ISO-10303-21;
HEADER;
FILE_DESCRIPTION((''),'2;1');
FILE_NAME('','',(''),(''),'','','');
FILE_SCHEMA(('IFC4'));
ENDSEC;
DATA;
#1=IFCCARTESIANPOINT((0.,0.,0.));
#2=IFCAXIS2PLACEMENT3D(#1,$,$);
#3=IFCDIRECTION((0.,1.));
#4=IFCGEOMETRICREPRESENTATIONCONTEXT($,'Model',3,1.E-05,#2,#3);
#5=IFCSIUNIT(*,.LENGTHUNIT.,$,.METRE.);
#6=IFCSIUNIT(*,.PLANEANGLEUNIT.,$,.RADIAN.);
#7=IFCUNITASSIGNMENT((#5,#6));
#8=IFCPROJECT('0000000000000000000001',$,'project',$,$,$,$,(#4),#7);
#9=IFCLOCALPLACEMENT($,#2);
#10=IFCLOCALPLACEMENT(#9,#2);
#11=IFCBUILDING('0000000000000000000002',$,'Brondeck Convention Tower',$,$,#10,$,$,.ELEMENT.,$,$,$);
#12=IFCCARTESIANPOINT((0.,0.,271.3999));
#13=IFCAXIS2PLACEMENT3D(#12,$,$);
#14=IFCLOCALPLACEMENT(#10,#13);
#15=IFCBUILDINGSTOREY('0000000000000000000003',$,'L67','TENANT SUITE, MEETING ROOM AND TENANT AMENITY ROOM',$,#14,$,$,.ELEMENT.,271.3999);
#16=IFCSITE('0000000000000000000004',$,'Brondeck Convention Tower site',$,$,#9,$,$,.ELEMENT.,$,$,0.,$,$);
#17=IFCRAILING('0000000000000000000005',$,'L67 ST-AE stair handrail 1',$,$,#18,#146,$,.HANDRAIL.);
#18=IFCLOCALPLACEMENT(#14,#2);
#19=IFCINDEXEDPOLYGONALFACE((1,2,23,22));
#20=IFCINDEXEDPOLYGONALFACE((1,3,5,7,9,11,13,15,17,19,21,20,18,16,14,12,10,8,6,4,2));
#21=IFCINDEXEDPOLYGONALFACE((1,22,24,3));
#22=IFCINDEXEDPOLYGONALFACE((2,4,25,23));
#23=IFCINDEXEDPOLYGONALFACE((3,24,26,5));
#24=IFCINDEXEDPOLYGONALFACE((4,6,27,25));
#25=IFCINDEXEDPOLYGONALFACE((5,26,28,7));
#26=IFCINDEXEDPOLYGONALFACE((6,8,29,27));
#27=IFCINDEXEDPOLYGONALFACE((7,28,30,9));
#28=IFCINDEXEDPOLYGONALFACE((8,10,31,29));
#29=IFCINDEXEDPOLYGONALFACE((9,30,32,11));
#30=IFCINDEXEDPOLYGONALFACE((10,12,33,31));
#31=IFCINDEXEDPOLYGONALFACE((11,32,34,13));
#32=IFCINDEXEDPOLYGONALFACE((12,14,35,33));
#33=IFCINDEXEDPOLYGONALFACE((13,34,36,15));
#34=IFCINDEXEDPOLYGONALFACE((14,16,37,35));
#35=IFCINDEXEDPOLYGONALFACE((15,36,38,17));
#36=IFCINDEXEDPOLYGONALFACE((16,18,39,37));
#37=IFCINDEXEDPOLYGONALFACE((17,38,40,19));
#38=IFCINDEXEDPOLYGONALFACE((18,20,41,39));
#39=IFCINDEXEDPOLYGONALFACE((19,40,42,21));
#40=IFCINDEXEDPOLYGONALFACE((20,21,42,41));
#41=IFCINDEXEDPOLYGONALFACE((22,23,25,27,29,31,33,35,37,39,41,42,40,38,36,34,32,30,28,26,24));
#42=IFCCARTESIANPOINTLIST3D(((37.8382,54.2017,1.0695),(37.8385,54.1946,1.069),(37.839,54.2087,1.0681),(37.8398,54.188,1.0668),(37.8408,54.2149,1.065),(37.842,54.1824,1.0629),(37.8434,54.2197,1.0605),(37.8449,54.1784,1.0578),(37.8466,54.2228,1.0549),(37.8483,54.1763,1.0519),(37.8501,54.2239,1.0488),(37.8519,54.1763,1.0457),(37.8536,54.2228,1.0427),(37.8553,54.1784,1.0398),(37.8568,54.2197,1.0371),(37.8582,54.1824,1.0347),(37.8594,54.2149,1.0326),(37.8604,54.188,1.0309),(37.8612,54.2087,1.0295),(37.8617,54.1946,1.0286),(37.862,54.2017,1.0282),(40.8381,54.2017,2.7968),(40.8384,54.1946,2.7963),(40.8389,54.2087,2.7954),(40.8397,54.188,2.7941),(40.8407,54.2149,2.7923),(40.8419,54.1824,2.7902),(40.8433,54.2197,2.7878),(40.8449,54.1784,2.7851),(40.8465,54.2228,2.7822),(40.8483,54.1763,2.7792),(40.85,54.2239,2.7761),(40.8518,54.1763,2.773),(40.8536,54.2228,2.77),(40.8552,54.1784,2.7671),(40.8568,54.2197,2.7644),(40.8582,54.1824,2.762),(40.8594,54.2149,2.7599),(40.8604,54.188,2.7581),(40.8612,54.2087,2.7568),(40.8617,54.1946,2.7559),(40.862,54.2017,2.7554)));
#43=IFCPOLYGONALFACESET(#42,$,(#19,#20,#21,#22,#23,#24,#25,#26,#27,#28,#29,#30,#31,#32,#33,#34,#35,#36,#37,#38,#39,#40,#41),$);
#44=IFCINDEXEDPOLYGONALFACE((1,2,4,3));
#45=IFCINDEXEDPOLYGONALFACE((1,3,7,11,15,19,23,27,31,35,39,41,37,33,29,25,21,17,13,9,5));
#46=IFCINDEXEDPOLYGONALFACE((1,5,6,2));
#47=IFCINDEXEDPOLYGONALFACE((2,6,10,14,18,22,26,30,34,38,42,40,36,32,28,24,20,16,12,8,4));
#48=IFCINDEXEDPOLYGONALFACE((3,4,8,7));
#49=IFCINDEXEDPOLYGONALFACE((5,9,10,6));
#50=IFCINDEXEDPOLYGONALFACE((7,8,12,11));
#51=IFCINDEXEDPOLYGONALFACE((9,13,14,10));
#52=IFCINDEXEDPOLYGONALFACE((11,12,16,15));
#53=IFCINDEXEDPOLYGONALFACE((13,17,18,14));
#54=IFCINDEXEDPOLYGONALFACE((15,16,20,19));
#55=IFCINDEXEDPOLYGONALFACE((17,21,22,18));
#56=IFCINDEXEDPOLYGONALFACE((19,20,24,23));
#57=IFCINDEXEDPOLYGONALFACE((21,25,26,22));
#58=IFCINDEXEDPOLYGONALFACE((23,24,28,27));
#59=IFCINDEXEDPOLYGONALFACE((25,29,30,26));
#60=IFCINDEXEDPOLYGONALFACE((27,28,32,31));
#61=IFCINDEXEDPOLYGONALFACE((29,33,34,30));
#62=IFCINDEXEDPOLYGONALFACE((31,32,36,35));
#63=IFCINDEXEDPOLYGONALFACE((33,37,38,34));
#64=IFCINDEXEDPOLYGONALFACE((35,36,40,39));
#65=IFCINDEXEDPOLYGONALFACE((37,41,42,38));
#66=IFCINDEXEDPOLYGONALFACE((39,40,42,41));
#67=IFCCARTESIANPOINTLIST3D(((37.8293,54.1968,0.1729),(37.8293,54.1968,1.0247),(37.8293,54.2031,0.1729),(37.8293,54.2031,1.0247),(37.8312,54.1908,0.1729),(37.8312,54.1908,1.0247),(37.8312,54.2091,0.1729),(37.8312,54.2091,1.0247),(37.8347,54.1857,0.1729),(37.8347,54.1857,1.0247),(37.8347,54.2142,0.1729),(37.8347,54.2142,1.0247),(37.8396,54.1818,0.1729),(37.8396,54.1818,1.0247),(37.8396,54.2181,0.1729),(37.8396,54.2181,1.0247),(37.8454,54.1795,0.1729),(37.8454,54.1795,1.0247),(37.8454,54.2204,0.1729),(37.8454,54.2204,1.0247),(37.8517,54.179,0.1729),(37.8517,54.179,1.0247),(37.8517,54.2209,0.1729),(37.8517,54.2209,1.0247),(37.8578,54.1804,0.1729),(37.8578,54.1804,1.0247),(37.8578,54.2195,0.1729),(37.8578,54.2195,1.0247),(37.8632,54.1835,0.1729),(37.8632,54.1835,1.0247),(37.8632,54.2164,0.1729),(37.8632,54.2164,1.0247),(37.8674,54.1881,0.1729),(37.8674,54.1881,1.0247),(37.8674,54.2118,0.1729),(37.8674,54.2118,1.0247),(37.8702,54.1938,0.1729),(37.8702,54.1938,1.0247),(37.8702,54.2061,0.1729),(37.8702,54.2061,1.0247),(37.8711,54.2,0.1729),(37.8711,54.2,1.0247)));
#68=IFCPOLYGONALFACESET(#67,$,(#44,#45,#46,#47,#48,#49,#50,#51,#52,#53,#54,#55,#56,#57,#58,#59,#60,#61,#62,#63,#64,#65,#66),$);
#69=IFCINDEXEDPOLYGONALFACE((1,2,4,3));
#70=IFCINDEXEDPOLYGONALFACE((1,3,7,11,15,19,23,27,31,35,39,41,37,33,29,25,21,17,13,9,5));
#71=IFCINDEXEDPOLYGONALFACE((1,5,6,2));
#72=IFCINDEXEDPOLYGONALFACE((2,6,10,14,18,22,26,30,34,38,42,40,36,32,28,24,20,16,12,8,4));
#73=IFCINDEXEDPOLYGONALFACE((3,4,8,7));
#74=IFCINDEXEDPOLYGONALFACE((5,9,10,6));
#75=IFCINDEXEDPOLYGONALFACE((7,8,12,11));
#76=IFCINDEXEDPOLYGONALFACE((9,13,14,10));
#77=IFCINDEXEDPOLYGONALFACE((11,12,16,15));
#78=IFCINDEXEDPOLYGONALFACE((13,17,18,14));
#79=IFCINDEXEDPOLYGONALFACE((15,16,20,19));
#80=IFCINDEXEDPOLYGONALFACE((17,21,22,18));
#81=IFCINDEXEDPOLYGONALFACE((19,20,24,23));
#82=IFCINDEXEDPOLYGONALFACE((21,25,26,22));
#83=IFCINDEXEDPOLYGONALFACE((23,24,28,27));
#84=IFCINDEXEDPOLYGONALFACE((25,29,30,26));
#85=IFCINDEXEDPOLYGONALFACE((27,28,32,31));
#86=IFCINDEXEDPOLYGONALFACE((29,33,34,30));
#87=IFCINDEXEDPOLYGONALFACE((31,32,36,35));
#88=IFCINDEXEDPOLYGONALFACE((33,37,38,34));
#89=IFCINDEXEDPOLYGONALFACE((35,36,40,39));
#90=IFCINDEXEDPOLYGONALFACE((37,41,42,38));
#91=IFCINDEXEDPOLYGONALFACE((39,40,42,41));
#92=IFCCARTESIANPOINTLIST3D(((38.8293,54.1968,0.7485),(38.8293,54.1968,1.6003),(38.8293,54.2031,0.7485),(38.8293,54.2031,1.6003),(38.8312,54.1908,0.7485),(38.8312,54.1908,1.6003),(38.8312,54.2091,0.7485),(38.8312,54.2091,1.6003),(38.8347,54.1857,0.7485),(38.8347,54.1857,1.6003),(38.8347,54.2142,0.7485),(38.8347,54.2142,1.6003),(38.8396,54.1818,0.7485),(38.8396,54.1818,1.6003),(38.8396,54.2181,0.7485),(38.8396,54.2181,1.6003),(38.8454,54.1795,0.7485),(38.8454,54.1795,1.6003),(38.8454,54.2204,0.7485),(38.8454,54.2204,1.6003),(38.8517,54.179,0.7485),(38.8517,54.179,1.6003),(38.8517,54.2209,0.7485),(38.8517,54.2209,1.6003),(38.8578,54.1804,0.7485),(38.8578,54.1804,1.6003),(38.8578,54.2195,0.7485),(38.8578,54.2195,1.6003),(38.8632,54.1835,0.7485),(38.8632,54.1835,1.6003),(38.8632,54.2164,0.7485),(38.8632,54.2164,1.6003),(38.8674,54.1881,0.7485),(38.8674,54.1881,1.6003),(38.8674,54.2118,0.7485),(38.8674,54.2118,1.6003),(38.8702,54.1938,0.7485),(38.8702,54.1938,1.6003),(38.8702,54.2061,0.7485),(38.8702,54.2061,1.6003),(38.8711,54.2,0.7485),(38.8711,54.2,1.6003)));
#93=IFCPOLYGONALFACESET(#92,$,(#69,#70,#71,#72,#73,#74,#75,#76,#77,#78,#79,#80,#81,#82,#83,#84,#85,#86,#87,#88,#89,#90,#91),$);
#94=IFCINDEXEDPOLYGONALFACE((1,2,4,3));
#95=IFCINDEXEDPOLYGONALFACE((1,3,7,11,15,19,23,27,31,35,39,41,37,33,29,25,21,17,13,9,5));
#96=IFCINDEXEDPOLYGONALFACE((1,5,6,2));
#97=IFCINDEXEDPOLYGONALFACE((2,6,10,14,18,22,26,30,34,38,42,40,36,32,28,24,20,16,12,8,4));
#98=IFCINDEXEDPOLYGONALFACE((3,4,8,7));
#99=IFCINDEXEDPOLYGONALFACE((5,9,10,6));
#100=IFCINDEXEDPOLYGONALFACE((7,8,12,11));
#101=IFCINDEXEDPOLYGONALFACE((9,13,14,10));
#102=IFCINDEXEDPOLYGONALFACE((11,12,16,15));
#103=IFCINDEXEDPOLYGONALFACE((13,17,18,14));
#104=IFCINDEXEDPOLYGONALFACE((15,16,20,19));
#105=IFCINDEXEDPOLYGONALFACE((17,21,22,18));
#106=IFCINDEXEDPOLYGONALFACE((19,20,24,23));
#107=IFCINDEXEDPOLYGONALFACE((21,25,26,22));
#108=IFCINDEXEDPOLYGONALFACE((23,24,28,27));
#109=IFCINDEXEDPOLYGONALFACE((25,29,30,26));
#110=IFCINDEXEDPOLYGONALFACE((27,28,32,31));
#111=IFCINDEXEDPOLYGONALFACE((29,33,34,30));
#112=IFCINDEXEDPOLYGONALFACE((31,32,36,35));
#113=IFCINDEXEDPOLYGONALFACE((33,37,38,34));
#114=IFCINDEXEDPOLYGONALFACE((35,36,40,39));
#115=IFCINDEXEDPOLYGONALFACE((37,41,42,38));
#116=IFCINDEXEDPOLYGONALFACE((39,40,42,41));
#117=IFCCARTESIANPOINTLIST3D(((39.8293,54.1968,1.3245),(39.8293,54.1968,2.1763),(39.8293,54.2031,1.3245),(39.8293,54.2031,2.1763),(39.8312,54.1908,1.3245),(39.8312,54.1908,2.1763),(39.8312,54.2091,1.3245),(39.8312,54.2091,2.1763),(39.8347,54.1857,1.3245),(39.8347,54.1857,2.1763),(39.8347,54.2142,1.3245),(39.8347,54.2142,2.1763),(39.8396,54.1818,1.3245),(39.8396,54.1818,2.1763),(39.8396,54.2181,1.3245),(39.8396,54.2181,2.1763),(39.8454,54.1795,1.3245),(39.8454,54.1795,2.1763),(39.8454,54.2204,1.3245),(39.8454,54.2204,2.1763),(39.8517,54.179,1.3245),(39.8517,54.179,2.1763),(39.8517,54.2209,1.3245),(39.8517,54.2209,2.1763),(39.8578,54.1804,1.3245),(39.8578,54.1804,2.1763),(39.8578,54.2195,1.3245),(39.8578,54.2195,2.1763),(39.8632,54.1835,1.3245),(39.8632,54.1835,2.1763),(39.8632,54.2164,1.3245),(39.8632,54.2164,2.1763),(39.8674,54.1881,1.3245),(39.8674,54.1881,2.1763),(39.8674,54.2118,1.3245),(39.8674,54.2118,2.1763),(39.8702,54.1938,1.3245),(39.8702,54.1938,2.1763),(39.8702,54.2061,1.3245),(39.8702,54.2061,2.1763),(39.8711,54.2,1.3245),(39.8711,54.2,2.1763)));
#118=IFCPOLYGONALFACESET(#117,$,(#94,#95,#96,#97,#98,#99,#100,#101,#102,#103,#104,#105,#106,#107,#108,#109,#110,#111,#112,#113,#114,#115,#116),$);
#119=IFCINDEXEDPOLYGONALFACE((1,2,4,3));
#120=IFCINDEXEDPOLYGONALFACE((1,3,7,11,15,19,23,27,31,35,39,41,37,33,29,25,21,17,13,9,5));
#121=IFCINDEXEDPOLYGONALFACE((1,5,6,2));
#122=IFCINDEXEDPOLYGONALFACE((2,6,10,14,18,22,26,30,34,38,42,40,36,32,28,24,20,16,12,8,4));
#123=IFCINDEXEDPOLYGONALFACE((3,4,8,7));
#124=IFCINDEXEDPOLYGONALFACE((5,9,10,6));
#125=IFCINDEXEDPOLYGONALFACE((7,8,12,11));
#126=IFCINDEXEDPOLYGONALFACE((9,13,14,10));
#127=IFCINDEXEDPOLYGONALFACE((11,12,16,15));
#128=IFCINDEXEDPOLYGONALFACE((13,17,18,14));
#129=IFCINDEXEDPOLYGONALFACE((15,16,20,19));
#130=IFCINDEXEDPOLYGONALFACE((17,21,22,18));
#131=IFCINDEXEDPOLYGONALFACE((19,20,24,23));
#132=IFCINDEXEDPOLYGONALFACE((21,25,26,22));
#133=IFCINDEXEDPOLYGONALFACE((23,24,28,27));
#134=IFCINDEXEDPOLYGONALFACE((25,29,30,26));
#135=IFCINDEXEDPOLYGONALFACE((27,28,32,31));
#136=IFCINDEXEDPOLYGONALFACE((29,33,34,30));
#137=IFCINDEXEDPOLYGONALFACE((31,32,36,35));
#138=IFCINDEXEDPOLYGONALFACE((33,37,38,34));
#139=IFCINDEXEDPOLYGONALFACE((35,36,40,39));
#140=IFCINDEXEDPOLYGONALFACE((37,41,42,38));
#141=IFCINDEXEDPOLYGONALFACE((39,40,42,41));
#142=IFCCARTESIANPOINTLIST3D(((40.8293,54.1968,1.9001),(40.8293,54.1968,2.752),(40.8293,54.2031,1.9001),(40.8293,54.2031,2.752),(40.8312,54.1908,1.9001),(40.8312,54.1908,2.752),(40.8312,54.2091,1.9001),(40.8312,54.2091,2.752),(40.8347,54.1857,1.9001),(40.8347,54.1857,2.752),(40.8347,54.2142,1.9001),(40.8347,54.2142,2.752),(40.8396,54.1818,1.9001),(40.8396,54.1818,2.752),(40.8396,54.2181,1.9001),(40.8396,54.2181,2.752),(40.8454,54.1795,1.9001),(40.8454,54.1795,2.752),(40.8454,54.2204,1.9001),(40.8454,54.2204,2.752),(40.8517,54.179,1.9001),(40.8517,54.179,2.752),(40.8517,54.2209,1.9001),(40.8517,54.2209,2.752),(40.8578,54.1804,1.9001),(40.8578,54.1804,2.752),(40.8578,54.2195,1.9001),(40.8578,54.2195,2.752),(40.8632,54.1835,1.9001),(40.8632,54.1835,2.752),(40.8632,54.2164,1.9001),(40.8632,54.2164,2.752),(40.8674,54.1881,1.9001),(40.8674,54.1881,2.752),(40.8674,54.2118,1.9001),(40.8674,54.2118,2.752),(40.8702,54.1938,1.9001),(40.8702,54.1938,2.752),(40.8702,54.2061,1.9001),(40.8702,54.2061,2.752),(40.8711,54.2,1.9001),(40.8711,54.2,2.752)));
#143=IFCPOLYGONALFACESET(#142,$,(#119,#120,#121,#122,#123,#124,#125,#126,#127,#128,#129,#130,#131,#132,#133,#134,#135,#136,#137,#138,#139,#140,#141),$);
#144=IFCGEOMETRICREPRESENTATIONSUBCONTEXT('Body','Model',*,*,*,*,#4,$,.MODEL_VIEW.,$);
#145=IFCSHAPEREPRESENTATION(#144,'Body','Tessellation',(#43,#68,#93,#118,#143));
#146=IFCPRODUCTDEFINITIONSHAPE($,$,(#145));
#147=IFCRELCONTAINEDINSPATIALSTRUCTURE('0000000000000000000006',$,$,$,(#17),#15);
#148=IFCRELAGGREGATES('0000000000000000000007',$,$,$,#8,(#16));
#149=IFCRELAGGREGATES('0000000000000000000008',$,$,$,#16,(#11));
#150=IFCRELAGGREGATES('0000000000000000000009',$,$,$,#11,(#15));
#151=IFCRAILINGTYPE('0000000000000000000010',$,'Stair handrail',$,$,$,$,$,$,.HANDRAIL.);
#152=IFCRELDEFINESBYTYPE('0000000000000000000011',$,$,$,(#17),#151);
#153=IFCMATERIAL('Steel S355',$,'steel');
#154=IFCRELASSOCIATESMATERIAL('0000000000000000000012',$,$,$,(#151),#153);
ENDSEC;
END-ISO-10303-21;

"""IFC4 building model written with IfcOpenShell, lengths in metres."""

from ifc_helpers import new_model, si_unit, direction, frame, origin, origin_2d, place, context, subcontext, project, spatial, circle, extrude, material, type_object, element, save


model = new_model("IFC4")

# Units and contexts
model_context = context("Model", 3, precision=1e-05, world=origin(), true_north=direction((0.0, 1.0)))
body_context = subcontext(model_context, "Body", "Model", "MODEL_VIEW")
ifc_project = project(units=[si_unit("LENGTHUNIT", "METRE"), si_unit("PLANEANGLEUNIT", "RADIAN")], contexts=[model_context])

# Site, building, storey
site_placement = place(None, origin())
site = spatial("IfcSite", under=ifc_project, at=site_placement, Name="Brondeck Convention Tower site", CompositionType="ELEMENT", RefElevation=0.0)
building_placement = place(site_placement, origin())
building = spatial("IfcBuilding", under=site, at=building_placement, Name="Brondeck Convention Tower", CompositionType="ELEMENT")
storey_placement = place(building_placement, frame((0.0, 0.0, 271.3999)))
storey = spatial("IfcBuildingStorey", under=building, at=storey_placement, Name="L67", Description="TENANT SUITE, MEETING ROOM AND TENANT AMENITY ROOM", CompositionType="ELEMENT", Elevation=271.3999)

# Shared definitions
ifc_material_1 = material(Name="Steel S355", Category="steel")

# Railing
railing_type = type_object("IfcRailingType", Name="Stair handrail", PredefinedType="HANDRAIL", material=ifc_material_1)
railing_placement = place(storey_placement, frame((37.8501, 54.2, 0.1729)))
element("IfcRailing", 1, at=railing_placement, inside=storey, type_object=railing_type, Name="L67 ST-AE stair handrail 1", PredefinedType="HANDRAIL", context=body_context, shape_type="SweptSolid", body=[
    extrude(circle(Radius=0.0239, at=origin_2d()), frame((0.0, 0.0, 0.876), z_axis=(0.86662, 0.0, 0.498969), x_axis=(0.0, 1.0, 0.0)), (0.0, 0.0, 1.0), 3.4617),
    extrude(circle(Radius=0.021, at=origin_2d()), origin(), (0.0, 0.0, 1.0), 0.8518),
    extrude(circle(Radius=0.021, at=origin_2d()), frame((1.0, 0.0, 0.5757)), (0.0, 0.0, 1.0), 0.8518),
    extrude(circle(Radius=0.021, at=origin_2d()), frame((2.0, 0.0, 1.1516)), (0.0, 0.0, 1.0), 0.8518),
    extrude(circle(Radius=0.021, at=origin_2d()), frame((3.0, 0.0, 1.7273)), (0.0, 0.0, 1.0), 0.8518),
])

save(model, "model.ifc")
